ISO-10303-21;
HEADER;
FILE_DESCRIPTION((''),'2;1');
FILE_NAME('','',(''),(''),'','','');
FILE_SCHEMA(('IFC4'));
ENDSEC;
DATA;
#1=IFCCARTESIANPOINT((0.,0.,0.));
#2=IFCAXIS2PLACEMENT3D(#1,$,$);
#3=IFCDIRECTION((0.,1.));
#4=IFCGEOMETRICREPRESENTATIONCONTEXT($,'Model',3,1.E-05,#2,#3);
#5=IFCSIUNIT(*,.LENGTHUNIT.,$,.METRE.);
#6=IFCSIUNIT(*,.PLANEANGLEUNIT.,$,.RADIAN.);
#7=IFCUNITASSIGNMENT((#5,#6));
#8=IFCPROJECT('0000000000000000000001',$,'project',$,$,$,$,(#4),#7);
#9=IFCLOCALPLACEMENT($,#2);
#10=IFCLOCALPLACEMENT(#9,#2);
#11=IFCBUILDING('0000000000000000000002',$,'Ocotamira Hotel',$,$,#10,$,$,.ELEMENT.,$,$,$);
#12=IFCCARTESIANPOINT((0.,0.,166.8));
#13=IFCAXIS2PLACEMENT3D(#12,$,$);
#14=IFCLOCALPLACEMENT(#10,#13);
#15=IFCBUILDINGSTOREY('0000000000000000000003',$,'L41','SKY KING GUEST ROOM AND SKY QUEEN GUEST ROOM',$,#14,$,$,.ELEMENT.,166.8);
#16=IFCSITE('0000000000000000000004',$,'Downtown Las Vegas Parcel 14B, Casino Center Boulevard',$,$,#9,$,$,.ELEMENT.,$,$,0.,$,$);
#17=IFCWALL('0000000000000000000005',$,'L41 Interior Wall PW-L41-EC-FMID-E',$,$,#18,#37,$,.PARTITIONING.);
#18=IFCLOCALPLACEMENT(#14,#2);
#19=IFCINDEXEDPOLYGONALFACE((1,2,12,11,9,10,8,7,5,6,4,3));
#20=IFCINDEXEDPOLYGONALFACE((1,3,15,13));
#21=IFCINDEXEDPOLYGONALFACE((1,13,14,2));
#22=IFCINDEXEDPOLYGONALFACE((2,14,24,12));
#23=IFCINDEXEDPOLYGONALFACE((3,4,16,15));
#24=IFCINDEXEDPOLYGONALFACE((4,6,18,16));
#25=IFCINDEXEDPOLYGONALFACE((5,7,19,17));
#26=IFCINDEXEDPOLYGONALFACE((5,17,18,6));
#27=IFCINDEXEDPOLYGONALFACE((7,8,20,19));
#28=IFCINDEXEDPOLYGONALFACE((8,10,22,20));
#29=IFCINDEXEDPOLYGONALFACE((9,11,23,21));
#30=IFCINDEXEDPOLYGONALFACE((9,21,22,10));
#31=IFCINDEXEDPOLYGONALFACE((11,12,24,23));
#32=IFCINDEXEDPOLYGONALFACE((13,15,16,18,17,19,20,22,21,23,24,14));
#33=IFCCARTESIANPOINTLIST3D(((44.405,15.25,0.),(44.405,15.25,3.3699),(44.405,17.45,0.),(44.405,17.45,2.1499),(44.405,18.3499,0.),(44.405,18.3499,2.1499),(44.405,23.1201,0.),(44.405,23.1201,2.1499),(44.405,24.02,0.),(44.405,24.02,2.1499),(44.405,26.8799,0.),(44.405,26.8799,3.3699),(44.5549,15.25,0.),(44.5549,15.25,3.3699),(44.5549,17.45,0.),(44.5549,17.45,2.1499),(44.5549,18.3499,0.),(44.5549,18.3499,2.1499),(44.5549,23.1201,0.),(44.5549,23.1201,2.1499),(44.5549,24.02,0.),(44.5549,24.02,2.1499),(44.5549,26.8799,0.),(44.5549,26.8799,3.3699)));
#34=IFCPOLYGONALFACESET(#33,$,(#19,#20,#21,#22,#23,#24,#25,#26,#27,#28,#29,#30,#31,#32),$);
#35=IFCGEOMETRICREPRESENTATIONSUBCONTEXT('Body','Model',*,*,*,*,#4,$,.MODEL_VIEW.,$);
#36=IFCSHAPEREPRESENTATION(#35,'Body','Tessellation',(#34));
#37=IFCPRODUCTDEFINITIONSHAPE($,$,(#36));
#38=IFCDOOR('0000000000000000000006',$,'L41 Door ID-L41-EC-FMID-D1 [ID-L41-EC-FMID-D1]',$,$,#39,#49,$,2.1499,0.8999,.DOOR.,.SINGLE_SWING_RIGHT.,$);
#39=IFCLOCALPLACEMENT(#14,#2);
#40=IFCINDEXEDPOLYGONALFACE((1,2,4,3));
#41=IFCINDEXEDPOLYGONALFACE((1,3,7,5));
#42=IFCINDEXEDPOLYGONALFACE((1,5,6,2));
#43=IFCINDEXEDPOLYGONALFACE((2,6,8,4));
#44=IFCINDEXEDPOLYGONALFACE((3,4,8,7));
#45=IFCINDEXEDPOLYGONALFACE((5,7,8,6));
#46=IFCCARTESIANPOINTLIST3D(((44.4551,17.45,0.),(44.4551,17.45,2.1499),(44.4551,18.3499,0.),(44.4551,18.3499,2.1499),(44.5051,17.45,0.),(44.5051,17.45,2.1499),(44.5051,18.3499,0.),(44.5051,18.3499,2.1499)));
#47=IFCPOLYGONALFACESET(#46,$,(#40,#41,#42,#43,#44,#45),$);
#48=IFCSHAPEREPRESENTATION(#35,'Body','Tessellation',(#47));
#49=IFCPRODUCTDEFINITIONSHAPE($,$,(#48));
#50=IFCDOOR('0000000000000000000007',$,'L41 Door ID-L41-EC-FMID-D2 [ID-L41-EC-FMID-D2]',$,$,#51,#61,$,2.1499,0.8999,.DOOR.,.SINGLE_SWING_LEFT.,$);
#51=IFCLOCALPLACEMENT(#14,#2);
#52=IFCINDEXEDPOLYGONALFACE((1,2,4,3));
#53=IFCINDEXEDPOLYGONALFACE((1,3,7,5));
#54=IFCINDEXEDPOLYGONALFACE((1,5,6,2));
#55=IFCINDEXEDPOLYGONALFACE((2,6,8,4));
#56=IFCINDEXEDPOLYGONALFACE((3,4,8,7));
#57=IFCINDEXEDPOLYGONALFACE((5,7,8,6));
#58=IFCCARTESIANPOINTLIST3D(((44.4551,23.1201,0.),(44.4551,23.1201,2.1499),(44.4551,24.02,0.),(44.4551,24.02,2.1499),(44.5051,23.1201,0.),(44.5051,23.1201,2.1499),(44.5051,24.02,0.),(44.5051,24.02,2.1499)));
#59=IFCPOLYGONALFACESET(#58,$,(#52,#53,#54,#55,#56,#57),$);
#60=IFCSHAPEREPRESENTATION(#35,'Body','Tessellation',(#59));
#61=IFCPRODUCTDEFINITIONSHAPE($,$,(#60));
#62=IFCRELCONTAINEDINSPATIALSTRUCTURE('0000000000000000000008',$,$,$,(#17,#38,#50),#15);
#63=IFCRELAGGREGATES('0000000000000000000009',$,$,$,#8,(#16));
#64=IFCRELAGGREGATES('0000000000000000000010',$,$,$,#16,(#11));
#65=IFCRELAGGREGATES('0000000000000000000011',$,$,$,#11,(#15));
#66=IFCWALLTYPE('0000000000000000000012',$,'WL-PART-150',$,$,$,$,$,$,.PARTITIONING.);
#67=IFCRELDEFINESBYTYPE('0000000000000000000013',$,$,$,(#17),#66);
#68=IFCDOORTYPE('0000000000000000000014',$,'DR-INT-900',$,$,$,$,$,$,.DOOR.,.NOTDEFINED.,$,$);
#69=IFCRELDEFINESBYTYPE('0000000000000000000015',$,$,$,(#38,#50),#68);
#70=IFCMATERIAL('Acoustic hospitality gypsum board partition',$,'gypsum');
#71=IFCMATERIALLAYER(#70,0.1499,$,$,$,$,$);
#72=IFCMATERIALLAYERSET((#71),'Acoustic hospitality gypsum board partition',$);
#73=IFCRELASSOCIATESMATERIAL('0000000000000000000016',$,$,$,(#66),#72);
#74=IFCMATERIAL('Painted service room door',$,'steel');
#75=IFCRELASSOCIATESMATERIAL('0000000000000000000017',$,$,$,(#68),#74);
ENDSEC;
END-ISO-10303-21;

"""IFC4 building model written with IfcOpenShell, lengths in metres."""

from ifc_helpers import new_model, si_unit, direction, frame, frame_2d, origin, place, context, subcontext, project, spatial, rectangle, extrude, source, transform, mapped, material, layer, layer_set, type_object, element, fill, save


model = new_model("IFC4")

# Units and contexts
model_context = context("Model", 3, precision=1e-05, world=origin(), true_north=direction((0.0, 1.0)))
body_context = subcontext(model_context, "Body", "Model", "MODEL_VIEW")
ifc_project = project(units=[si_unit("LENGTHUNIT", "METRE"), si_unit("PLANEANGLEUNIT", "RADIAN")], contexts=[model_context])

# Site, building, storey
site_placement = place(None, origin())
site = spatial("IfcSite", under=ifc_project, at=site_placement, Name="Downtown Las Vegas Parcel 14B, Casino Center Boulevard", CompositionType="ELEMENT", RefElevation=0.0)
building_placement = place(site_placement, origin())
building = spatial("IfcBuilding", under=site, at=building_placement, Name="Ocotamira Hotel", CompositionType="ELEMENT")
storey_placement = place(building_placement, frame((0.0, 0.0, 166.8)))
storey = spatial("IfcBuildingStorey", under=building, at=storey_placement, Name="L41", Description="SKY KING GUEST ROOM AND SKY QUEEN GUEST ROOM", CompositionType="ELEMENT", Elevation=166.8)

# Shared definitions
ifc_material_1 = material(Name="Acoustic hospitality gypsum board partition", Category="gypsum")
ifc_layer_1 = layer(ifc_material_1, 0.1499)
ifc_layer_set_1 = layer_set([ifc_layer_1], Name="Acoustic hospitality gypsum board partition")
wall_type_1 = type_object("IfcWallType", Name="WL-PART-150", PredefinedType="PARTITIONING", material=ifc_layer_set_1)

# Wall, openings, doors
wall_1_placement = place(storey_placement, frame((44.48, 15.25, 0.0), z_axis=(0.0, 0.0, 1.0), x_axis=(0.0, 1.0, 0.0)))
wall_1 = element("IfcWall", 1, at=wall_1_placement, inside=storey, type_object=wall_type_1, Name="L41 Interior Wall PW-L41-EC-FMID-E", PredefinedType="PARTITIONING", context=body_context, shape_type="SweptSolid", body=[
    extrude(rectangle(XDim=11.6299, YDim=0.1499, at=frame_2d((5.8149, 0.0))), origin(), (0.0, 0.0, 1.0), 3.3699),
])
opening_1_placement = place(wall_1_placement, frame((2.2, 0.0, 0.0)))
opening_1 = element("IfcOpeningElement", 2, at=opening_1_placement, cuts=wall_1, PredefinedType="OPENING", context=body_context, shape_type="SweptSolid", body=[
    extrude(rectangle(XDim=0.8999, YDim=2.1499, at=frame_2d((0.45, 1.075))), frame((0.0, 0.085, 0.0), z_axis=(0.0, -1.0, 0.0), x_axis=(1.0, 0.0, 0.0)), (0.0, 0.0, 1.0), 0.1699),
])
opening_2_placement = place(wall_1_placement, frame((7.8701, 0.0, 0.0)))
opening_2 = element("IfcOpeningElement", 3, at=opening_2_placement, cuts=wall_1, PredefinedType="OPENING", context=body_context, shape_type="SweptSolid", body=[
    extrude(rectangle(XDim=0.8999, YDim=2.1499, at=frame_2d((0.45, 1.075))), frame((0.0, 0.085, 0.0), z_axis=(0.0, -1.0, 0.0), x_axis=(1.0, 0.0, 0.0)), (0.0, 0.0, 1.0), 0.1699),
])
ifc_material_2 = material(Name="Painted service room door", Category="steel")
door_type_1 = type_object("IfcDoorType", Name="DR-INT-900", OperationType="NOTDEFINED", PredefinedType="DOOR", material=ifc_material_2)
shared_shape_1 = source(origin(), body_context, "Body", "SweptSolid", [
    extrude(rectangle(XDim=0.8999, YDim=2.1499, at=frame_2d((0.45, 1.075))), frame((0.0, 0.0249, 0.0), z_axis=(0.0, -1.0, 0.0), x_axis=(1.0, 0.0, 0.0)), (0.0, 0.0, 1.0), 0.05),
])
door_1_placement = place(opening_1_placement, origin())
door_1 = element("IfcDoor", 4, at=door_1_placement, inside=storey, type_object=door_type_1, Name="L41 Door ID-L41-EC-FMID-D1 [ID-L41-EC-FMID-D1]", OperationType="SINGLE_SWING_RIGHT", OverallHeight=2.1499, OverallWidth=0.8999, PredefinedType="DOOR", context=body_context, shape_type="MappedRepresentation", body=[
    mapped(shared_shape_1, transform((0.0, 0.0, 0.0), scale=1.0)),
])
fill(opening_1, door_1)
door_2_placement = place(opening_2_placement, origin())
door_2 = element("IfcDoor", 5, at=door_2_placement, inside=storey, type_object=door_type_1, Name="L41 Door ID-L41-EC-FMID-D2 [ID-L41-EC-FMID-D2]", OperationType="SINGLE_SWING_LEFT", OverallHeight=2.1499, OverallWidth=0.8999, PredefinedType="DOOR", context=body_context, shape_type="MappedRepresentation", body=[
    mapped(shared_shape_1, transform((0.0, 0.0, 0.0), scale=1.0)),
])
fill(opening_2, door_2)

save(model, "model.ifc")
